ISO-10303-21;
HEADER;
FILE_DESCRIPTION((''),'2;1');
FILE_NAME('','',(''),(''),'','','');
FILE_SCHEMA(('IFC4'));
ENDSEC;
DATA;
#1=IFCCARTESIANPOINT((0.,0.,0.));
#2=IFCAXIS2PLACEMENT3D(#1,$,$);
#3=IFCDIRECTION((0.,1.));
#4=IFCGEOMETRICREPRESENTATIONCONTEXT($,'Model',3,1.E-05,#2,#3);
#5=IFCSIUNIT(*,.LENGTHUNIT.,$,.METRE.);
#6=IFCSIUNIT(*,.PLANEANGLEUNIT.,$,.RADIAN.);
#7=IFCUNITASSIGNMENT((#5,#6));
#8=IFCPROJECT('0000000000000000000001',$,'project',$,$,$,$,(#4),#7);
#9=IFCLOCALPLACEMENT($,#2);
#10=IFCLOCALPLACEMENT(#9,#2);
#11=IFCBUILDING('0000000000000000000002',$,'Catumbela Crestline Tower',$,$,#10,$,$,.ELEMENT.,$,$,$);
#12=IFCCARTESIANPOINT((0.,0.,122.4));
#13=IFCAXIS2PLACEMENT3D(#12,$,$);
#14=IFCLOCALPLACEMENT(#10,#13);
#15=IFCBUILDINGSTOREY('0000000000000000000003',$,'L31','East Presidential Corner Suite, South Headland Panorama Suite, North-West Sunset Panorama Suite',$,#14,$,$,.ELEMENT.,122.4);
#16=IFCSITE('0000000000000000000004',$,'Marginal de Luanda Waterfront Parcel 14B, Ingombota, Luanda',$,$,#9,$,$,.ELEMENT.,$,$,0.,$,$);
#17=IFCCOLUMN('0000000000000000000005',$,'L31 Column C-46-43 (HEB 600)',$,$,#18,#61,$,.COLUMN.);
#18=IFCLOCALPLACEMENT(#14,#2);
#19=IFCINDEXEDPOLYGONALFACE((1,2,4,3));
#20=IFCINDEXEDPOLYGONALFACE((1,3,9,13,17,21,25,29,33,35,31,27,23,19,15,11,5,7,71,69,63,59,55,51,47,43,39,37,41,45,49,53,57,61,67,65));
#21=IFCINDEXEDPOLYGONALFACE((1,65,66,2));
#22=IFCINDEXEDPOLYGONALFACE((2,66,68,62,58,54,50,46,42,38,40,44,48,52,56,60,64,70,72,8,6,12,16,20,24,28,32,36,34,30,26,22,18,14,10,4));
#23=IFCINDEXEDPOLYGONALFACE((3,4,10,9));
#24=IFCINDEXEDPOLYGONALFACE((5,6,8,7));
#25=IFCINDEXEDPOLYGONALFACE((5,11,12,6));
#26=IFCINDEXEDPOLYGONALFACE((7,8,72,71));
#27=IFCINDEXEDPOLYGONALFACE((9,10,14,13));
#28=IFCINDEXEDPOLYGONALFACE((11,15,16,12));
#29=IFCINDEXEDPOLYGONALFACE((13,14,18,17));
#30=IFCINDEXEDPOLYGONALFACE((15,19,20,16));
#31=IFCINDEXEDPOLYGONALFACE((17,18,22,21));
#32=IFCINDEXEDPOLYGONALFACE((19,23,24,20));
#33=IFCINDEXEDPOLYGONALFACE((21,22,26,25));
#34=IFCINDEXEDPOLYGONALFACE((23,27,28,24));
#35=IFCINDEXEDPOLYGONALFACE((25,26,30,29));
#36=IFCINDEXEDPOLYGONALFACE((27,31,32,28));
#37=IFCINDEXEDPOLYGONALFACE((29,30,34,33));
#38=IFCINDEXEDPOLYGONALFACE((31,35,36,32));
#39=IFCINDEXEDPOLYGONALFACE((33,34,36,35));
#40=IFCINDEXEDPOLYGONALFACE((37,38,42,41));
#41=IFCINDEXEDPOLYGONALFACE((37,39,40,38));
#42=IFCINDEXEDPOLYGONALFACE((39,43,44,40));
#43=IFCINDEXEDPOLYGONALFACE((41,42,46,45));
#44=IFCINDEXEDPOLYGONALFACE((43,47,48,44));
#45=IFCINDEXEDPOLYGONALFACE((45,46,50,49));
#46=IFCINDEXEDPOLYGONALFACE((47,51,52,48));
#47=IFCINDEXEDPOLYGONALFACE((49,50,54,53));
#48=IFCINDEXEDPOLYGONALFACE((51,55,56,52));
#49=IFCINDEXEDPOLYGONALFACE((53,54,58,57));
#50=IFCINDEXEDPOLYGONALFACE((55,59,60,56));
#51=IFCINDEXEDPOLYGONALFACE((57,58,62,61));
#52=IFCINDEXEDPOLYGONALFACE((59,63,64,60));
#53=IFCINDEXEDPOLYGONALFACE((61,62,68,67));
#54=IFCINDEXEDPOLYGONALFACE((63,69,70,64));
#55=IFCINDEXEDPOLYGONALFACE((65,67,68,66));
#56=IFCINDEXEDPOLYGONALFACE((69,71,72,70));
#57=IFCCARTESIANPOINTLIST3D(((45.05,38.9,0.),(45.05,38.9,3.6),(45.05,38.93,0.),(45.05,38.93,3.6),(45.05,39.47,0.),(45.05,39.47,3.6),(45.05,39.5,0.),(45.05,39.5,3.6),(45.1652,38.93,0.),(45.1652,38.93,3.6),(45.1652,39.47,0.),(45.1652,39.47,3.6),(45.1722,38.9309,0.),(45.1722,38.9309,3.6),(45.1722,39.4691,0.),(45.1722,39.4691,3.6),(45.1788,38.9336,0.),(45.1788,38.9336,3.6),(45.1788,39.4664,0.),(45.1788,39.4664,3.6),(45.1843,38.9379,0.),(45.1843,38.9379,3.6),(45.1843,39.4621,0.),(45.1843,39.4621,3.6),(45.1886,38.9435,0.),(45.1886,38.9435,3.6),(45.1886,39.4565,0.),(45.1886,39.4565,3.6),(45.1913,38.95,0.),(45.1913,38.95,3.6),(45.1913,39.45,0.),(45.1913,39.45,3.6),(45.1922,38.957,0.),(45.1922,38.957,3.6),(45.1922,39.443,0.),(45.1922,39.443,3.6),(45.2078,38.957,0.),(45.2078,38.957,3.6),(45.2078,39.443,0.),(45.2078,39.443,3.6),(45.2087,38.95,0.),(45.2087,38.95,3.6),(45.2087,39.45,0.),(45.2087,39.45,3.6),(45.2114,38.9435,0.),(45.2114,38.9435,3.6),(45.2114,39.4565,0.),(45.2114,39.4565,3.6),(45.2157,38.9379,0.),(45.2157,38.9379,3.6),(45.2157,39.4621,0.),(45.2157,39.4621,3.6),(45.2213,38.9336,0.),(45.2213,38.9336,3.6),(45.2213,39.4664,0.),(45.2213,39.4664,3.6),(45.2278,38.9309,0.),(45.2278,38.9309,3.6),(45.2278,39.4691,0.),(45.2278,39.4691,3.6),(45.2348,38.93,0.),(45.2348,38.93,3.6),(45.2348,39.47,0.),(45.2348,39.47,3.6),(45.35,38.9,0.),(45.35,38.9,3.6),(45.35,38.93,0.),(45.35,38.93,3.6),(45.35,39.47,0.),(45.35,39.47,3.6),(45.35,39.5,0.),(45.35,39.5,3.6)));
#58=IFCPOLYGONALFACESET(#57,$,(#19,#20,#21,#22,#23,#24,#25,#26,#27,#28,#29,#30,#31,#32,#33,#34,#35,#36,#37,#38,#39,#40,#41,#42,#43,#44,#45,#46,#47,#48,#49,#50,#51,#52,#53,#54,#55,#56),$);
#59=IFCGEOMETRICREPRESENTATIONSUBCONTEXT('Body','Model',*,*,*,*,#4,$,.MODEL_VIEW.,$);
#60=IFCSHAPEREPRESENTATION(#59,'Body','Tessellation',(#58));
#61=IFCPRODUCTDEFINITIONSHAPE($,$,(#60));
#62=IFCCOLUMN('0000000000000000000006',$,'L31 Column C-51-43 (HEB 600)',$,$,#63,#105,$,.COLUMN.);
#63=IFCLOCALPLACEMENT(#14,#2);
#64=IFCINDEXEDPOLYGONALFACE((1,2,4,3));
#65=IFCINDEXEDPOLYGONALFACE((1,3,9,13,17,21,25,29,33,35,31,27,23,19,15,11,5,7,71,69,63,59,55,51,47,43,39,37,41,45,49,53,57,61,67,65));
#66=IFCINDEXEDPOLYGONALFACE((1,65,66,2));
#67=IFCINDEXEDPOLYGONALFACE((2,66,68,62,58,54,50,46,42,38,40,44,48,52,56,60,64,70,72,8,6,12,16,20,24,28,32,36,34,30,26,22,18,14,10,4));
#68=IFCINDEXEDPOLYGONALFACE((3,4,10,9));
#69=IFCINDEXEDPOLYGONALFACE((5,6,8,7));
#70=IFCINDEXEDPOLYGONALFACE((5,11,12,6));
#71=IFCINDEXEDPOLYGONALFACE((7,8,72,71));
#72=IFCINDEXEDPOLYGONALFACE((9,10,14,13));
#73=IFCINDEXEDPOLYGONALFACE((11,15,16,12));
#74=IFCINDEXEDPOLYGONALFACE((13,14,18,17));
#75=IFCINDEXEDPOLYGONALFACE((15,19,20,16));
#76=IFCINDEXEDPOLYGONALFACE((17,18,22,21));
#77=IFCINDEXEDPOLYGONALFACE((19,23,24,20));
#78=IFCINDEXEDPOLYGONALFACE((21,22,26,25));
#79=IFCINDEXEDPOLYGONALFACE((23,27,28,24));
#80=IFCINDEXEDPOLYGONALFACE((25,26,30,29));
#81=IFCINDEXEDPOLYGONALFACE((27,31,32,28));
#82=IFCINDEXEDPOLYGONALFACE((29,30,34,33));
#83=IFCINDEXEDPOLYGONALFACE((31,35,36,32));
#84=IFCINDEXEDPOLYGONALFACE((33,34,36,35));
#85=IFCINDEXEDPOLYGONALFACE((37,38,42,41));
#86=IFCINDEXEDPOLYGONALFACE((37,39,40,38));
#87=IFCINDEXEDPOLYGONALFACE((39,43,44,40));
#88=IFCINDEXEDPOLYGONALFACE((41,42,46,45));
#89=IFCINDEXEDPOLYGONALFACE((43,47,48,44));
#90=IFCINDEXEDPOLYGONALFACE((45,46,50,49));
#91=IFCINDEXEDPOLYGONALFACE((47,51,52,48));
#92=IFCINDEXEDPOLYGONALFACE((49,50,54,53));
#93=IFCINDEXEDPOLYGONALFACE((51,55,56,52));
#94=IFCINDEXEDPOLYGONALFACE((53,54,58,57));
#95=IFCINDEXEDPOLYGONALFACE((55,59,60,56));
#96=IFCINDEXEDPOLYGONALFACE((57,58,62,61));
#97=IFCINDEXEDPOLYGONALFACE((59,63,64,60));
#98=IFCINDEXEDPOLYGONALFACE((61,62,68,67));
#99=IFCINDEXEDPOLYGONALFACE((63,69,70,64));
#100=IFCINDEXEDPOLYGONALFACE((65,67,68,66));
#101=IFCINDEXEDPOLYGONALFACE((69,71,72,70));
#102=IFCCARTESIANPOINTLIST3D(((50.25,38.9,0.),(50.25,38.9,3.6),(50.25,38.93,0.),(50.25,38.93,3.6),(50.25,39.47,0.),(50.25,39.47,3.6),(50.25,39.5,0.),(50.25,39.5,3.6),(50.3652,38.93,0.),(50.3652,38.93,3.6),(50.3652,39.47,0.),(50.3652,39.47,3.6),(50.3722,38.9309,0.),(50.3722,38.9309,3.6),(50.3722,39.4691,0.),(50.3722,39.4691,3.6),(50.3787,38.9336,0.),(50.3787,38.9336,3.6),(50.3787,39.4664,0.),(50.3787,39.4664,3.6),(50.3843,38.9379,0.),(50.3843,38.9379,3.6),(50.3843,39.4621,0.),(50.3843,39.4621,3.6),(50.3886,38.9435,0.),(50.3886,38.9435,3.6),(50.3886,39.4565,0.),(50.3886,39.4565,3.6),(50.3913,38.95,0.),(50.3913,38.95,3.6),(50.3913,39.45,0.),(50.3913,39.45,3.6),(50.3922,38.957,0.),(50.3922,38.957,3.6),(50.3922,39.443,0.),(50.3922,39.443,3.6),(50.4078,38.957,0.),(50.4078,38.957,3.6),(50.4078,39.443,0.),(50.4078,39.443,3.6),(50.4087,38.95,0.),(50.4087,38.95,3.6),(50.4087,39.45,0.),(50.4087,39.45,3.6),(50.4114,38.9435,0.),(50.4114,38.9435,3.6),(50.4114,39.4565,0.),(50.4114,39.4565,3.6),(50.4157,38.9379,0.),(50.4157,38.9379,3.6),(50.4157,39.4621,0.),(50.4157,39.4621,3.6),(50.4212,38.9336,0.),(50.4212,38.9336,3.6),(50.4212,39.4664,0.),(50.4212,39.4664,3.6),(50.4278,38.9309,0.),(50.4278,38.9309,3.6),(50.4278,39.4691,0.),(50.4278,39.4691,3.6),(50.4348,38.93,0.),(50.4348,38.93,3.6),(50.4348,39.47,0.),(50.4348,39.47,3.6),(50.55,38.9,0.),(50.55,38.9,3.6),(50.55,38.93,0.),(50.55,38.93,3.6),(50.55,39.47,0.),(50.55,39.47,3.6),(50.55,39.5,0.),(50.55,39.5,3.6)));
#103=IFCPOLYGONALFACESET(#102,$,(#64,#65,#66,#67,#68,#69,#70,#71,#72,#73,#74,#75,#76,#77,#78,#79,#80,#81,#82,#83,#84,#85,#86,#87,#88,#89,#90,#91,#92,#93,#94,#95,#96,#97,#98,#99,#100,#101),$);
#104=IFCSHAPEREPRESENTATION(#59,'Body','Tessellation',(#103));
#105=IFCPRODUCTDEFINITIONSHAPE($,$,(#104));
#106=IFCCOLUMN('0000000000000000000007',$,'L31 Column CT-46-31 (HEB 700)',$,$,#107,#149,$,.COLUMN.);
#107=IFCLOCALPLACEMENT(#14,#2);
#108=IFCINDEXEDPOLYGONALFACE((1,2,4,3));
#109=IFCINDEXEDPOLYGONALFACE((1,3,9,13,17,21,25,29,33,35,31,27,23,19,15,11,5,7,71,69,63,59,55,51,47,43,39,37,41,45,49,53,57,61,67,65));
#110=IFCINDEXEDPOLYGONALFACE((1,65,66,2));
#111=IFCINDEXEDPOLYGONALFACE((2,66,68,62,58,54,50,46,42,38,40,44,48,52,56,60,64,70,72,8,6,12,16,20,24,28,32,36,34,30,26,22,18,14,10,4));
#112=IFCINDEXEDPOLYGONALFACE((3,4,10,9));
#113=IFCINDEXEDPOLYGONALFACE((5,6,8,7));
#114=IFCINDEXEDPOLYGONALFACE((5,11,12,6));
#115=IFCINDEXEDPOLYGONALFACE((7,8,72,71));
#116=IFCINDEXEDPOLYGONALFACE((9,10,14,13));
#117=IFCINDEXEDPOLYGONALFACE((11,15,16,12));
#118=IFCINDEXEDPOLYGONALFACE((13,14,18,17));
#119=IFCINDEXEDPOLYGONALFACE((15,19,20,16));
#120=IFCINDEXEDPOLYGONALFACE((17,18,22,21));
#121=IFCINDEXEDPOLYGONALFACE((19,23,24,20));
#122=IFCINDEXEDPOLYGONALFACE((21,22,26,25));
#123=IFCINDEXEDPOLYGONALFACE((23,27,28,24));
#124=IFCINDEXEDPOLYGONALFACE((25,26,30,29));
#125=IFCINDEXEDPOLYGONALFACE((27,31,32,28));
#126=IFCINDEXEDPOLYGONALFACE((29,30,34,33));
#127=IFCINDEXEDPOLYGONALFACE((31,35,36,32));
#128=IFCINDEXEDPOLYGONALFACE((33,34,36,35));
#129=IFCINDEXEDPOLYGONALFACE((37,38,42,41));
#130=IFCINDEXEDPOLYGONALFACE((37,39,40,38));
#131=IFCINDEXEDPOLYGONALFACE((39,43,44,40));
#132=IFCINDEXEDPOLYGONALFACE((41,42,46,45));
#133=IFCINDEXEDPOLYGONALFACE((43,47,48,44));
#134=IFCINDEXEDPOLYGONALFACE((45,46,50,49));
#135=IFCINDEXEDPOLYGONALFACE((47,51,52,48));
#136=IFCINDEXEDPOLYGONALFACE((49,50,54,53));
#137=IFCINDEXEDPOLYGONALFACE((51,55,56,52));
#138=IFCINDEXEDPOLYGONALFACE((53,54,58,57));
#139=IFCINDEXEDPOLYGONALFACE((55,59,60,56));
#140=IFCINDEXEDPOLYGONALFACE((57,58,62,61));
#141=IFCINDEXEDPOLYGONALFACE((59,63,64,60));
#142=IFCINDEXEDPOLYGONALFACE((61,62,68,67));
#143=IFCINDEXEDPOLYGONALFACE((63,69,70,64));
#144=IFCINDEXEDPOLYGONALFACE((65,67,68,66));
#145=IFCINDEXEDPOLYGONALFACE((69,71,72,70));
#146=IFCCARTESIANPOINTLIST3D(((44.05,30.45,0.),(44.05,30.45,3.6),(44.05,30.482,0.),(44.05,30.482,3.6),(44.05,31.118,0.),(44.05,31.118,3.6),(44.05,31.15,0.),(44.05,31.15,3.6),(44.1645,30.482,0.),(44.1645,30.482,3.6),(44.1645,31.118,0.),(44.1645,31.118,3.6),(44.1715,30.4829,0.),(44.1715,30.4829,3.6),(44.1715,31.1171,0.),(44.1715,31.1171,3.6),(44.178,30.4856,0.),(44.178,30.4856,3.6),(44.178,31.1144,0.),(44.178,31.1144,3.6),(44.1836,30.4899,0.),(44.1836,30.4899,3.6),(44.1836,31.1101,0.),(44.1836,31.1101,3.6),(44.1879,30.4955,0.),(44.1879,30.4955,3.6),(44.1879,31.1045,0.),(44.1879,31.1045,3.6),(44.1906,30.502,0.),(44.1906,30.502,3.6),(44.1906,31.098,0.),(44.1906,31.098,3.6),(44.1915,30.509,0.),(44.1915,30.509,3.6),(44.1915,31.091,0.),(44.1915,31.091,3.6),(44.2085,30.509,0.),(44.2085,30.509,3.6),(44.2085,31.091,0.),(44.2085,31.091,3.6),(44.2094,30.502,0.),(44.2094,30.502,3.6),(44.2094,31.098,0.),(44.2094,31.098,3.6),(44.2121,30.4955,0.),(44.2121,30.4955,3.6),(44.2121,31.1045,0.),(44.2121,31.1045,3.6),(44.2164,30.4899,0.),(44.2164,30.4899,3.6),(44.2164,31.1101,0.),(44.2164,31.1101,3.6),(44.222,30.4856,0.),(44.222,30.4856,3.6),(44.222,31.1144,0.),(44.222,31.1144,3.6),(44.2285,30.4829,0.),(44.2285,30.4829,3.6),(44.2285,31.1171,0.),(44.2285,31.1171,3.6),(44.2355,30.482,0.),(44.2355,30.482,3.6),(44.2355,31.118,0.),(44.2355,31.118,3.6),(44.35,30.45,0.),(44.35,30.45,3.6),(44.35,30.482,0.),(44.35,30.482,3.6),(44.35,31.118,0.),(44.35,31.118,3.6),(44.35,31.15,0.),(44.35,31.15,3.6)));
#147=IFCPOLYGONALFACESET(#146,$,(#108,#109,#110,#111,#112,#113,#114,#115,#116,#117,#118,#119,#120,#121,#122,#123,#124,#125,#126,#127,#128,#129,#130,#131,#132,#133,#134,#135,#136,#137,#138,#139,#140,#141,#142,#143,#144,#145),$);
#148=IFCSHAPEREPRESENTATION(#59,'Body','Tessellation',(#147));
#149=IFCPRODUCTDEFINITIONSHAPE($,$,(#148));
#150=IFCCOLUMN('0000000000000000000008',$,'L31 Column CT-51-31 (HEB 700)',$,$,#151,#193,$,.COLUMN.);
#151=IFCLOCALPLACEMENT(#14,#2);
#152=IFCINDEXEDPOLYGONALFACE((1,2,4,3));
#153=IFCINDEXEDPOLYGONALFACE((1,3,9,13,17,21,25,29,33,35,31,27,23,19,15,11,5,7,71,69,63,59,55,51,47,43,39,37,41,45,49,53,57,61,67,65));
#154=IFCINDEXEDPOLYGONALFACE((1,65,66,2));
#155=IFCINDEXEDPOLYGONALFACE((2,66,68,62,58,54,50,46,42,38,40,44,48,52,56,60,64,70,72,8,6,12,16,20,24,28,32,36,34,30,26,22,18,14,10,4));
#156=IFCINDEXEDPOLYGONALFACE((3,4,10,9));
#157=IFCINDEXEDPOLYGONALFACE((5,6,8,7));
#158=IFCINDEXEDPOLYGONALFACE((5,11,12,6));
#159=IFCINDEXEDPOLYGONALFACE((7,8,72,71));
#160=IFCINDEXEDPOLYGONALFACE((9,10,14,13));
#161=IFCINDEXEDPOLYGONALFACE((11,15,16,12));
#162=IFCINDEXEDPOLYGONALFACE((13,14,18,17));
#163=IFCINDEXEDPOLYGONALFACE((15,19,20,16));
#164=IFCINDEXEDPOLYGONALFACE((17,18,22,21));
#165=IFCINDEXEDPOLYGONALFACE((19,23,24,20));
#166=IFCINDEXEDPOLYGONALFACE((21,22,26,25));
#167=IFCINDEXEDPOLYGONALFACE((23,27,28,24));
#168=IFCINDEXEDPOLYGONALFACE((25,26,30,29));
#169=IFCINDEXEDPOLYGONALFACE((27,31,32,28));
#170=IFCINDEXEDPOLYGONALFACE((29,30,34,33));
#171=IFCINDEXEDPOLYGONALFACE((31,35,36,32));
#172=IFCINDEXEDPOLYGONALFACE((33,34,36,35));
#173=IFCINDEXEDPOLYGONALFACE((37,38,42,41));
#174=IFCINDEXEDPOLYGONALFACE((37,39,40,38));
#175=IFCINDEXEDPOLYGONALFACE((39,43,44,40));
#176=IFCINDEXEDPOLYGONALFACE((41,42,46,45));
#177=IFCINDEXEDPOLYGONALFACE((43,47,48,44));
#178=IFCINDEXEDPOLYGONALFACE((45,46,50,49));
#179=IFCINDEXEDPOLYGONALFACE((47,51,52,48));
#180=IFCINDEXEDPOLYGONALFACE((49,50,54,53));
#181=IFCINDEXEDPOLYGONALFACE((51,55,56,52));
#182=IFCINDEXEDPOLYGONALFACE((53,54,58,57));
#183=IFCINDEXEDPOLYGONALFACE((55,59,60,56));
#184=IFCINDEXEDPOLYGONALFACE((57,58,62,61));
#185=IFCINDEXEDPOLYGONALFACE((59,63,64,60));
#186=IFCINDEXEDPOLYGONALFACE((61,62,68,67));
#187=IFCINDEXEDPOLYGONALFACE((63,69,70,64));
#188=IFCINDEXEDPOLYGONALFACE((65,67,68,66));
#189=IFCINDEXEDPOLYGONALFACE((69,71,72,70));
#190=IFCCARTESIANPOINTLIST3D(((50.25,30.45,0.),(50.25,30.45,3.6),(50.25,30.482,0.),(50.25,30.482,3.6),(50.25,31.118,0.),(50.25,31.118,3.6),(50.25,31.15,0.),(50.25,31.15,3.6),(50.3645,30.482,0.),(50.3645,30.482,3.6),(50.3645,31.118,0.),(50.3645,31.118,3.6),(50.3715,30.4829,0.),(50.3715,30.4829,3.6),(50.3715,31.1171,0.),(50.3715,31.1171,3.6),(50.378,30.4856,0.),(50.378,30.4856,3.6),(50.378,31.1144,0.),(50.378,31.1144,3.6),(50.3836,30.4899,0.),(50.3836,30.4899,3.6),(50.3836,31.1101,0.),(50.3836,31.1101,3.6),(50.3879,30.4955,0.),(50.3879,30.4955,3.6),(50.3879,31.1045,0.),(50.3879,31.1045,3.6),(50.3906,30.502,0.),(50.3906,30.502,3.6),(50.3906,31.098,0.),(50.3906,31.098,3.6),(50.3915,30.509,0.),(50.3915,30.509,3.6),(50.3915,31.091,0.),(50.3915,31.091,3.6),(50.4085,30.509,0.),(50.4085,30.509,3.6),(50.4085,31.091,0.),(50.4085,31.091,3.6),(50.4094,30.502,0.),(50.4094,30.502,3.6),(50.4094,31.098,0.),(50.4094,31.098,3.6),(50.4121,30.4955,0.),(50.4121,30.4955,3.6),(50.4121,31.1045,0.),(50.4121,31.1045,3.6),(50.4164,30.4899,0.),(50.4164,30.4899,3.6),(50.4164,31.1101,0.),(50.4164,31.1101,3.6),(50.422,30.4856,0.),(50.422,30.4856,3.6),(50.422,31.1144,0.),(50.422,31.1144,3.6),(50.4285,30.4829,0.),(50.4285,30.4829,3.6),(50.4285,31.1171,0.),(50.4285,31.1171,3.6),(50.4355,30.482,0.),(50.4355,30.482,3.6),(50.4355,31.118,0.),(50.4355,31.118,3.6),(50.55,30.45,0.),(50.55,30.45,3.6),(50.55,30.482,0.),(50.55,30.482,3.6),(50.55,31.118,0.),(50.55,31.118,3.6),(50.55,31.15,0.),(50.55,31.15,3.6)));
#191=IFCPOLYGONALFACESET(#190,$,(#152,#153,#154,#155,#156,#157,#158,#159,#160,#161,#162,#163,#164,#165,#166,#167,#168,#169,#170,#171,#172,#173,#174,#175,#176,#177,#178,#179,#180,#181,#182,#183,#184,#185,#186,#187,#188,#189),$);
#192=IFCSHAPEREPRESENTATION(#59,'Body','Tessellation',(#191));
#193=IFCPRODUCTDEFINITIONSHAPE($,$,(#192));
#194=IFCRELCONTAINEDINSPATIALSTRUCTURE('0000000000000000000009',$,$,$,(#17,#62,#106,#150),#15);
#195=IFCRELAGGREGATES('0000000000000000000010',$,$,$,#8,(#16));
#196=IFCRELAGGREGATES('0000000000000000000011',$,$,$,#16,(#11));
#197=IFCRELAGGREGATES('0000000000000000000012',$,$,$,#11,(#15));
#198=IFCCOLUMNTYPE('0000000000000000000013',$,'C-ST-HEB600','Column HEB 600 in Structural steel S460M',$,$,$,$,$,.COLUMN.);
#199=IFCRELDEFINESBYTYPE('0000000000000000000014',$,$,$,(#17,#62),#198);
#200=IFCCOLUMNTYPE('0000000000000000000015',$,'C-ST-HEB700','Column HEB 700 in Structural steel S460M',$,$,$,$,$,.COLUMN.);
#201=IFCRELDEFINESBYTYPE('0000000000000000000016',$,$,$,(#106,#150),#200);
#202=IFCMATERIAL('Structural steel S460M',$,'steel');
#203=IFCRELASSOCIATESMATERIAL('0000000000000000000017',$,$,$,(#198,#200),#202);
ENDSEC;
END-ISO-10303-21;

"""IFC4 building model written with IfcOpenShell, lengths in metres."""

from ifc_helpers import new_model, si_unit, direction, frame, origin, origin_2d, place, context, subcontext, project, spatial, i_section, extrude, material, material_profile, profile_set, type_object, element, save


model = new_model("IFC4")

# Units and contexts
model_context = context("Model", 3, precision=1e-05, world=origin(), true_north=direction((0.0, 1.0)))
body_context = subcontext(model_context, "Body", "Model", "MODEL_VIEW")
ifc_project = project(units=[si_unit("LENGTHUNIT", "METRE"), si_unit("PLANEANGLEUNIT", "RADIAN")], contexts=[model_context])

# Site, building, storey
site_placement = place(None, origin())
site = spatial("IfcSite", under=ifc_project, at=site_placement, Name="Marginal de Luanda Waterfront Parcel 14B, Ingombota, Luanda", CompositionType="ELEMENT", RefElevation=0.0)
building_placement = place(site_placement, origin())
building = spatial("IfcBuilding", under=site, at=building_placement, Name="Catumbela Crestline Tower", CompositionType="ELEMENT")
storey_placement = place(building_placement, frame((0.0, 0.0, 122.4)))
storey = spatial("IfcBuildingStorey", under=building, at=storey_placement, Name="L31", Description="East Presidential Corner Suite, South Headland Panorama Suite, North-West Sunset Panorama Suite", CompositionType="ELEMENT", Elevation=122.4)

# Columns
ifc_material_1 = material(Name="Structural steel S460M", Category="steel")
ifc_material_profile_1 = material_profile(ifc_material_1, i_section(OverallWidth=0.3, OverallDepth=0.6, WebThickness=0.0155, FlangeThickness=0.03, FilletRadius=0.027, at=origin_2d()), Name="HEB 600")
ifc_profile_set_1 = profile_set([ifc_material_profile_1], Name="Structural steel S460M")
column_type_1 = type_object("IfcColumnType", Name="C-ST-HEB600", Description="Column HEB 600 in Structural steel S460M", PredefinedType="COLUMN", material=ifc_profile_set_1)
for number, where, z_axis, x_axis, name in (
    (1, (45.2, 39.2, 0.0), (0.0, 0.0, 1.0), (1.0, 0.0, 0.0), "L31 Column C-46-43 (HEB 600)"),
    (2, (50.4, 39.2, 0.0), (0.0, 0.0, 1.0), (1.0, 0.0, 0.0), "L31 Column C-51-43 (HEB 600)"),
):
    element("IfcColumn", number, at=place(storey_placement, frame(where, z_axis=z_axis, x_axis=x_axis)), inside=storey, type_object=column_type_1, Name=name, PredefinedType="COLUMN", context=body_context, shape_type="SweptSolid", body=[
        extrude(i_section(OverallWidth=0.3, OverallDepth=0.6, WebThickness=0.0155, FlangeThickness=0.03, FilletRadius=0.027, at=origin_2d()), origin(), (0.0, 0.0, 1.0), 3.6),
    ])
ifc_material_profile_2 = material_profile(ifc_material_1, i_section(OverallWidth=0.3, OverallDepth=0.7, WebThickness=0.017, FlangeThickness=0.032, FilletRadius=0.027, at=origin_2d()), Name="HEB 700")
ifc_profile_set_2 = profile_set([ifc_material_profile_2], Name="Structural steel S460M")
column_type_2 = type_object("IfcColumnType", Name="C-ST-HEB700", Description="Column HEB 700 in Structural steel S460M", PredefinedType="COLUMN", material=ifc_profile_set_2)
for number, where, z_axis, x_axis, name in (
    (3, (44.2, 30.8, 0.0), (0.0, 0.0, 1.0), (1.0, 0.0, 0.0), "L31 Column CT-46-31 (HEB 700)"),
    (4, (50.4, 30.8, 0.0), (0.0, 0.0, 1.0), (1.0, 0.0, 0.0), "L31 Column CT-51-31 (HEB 700)"),
):
    element("IfcColumn", number, at=place(storey_placement, frame(where, z_axis=z_axis, x_axis=x_axis)), inside=storey, type_object=column_type_2, Name=name, PredefinedType="COLUMN", context=body_context, shape_type="SweptSolid", body=[
        extrude(i_section(OverallWidth=0.3, OverallDepth=0.7, WebThickness=0.017, FlangeThickness=0.032, FilletRadius=0.027, at=origin_2d()), origin(), (0.0, 0.0, 1.0), 3.6),
    ])

save(model, "model.ifc")
